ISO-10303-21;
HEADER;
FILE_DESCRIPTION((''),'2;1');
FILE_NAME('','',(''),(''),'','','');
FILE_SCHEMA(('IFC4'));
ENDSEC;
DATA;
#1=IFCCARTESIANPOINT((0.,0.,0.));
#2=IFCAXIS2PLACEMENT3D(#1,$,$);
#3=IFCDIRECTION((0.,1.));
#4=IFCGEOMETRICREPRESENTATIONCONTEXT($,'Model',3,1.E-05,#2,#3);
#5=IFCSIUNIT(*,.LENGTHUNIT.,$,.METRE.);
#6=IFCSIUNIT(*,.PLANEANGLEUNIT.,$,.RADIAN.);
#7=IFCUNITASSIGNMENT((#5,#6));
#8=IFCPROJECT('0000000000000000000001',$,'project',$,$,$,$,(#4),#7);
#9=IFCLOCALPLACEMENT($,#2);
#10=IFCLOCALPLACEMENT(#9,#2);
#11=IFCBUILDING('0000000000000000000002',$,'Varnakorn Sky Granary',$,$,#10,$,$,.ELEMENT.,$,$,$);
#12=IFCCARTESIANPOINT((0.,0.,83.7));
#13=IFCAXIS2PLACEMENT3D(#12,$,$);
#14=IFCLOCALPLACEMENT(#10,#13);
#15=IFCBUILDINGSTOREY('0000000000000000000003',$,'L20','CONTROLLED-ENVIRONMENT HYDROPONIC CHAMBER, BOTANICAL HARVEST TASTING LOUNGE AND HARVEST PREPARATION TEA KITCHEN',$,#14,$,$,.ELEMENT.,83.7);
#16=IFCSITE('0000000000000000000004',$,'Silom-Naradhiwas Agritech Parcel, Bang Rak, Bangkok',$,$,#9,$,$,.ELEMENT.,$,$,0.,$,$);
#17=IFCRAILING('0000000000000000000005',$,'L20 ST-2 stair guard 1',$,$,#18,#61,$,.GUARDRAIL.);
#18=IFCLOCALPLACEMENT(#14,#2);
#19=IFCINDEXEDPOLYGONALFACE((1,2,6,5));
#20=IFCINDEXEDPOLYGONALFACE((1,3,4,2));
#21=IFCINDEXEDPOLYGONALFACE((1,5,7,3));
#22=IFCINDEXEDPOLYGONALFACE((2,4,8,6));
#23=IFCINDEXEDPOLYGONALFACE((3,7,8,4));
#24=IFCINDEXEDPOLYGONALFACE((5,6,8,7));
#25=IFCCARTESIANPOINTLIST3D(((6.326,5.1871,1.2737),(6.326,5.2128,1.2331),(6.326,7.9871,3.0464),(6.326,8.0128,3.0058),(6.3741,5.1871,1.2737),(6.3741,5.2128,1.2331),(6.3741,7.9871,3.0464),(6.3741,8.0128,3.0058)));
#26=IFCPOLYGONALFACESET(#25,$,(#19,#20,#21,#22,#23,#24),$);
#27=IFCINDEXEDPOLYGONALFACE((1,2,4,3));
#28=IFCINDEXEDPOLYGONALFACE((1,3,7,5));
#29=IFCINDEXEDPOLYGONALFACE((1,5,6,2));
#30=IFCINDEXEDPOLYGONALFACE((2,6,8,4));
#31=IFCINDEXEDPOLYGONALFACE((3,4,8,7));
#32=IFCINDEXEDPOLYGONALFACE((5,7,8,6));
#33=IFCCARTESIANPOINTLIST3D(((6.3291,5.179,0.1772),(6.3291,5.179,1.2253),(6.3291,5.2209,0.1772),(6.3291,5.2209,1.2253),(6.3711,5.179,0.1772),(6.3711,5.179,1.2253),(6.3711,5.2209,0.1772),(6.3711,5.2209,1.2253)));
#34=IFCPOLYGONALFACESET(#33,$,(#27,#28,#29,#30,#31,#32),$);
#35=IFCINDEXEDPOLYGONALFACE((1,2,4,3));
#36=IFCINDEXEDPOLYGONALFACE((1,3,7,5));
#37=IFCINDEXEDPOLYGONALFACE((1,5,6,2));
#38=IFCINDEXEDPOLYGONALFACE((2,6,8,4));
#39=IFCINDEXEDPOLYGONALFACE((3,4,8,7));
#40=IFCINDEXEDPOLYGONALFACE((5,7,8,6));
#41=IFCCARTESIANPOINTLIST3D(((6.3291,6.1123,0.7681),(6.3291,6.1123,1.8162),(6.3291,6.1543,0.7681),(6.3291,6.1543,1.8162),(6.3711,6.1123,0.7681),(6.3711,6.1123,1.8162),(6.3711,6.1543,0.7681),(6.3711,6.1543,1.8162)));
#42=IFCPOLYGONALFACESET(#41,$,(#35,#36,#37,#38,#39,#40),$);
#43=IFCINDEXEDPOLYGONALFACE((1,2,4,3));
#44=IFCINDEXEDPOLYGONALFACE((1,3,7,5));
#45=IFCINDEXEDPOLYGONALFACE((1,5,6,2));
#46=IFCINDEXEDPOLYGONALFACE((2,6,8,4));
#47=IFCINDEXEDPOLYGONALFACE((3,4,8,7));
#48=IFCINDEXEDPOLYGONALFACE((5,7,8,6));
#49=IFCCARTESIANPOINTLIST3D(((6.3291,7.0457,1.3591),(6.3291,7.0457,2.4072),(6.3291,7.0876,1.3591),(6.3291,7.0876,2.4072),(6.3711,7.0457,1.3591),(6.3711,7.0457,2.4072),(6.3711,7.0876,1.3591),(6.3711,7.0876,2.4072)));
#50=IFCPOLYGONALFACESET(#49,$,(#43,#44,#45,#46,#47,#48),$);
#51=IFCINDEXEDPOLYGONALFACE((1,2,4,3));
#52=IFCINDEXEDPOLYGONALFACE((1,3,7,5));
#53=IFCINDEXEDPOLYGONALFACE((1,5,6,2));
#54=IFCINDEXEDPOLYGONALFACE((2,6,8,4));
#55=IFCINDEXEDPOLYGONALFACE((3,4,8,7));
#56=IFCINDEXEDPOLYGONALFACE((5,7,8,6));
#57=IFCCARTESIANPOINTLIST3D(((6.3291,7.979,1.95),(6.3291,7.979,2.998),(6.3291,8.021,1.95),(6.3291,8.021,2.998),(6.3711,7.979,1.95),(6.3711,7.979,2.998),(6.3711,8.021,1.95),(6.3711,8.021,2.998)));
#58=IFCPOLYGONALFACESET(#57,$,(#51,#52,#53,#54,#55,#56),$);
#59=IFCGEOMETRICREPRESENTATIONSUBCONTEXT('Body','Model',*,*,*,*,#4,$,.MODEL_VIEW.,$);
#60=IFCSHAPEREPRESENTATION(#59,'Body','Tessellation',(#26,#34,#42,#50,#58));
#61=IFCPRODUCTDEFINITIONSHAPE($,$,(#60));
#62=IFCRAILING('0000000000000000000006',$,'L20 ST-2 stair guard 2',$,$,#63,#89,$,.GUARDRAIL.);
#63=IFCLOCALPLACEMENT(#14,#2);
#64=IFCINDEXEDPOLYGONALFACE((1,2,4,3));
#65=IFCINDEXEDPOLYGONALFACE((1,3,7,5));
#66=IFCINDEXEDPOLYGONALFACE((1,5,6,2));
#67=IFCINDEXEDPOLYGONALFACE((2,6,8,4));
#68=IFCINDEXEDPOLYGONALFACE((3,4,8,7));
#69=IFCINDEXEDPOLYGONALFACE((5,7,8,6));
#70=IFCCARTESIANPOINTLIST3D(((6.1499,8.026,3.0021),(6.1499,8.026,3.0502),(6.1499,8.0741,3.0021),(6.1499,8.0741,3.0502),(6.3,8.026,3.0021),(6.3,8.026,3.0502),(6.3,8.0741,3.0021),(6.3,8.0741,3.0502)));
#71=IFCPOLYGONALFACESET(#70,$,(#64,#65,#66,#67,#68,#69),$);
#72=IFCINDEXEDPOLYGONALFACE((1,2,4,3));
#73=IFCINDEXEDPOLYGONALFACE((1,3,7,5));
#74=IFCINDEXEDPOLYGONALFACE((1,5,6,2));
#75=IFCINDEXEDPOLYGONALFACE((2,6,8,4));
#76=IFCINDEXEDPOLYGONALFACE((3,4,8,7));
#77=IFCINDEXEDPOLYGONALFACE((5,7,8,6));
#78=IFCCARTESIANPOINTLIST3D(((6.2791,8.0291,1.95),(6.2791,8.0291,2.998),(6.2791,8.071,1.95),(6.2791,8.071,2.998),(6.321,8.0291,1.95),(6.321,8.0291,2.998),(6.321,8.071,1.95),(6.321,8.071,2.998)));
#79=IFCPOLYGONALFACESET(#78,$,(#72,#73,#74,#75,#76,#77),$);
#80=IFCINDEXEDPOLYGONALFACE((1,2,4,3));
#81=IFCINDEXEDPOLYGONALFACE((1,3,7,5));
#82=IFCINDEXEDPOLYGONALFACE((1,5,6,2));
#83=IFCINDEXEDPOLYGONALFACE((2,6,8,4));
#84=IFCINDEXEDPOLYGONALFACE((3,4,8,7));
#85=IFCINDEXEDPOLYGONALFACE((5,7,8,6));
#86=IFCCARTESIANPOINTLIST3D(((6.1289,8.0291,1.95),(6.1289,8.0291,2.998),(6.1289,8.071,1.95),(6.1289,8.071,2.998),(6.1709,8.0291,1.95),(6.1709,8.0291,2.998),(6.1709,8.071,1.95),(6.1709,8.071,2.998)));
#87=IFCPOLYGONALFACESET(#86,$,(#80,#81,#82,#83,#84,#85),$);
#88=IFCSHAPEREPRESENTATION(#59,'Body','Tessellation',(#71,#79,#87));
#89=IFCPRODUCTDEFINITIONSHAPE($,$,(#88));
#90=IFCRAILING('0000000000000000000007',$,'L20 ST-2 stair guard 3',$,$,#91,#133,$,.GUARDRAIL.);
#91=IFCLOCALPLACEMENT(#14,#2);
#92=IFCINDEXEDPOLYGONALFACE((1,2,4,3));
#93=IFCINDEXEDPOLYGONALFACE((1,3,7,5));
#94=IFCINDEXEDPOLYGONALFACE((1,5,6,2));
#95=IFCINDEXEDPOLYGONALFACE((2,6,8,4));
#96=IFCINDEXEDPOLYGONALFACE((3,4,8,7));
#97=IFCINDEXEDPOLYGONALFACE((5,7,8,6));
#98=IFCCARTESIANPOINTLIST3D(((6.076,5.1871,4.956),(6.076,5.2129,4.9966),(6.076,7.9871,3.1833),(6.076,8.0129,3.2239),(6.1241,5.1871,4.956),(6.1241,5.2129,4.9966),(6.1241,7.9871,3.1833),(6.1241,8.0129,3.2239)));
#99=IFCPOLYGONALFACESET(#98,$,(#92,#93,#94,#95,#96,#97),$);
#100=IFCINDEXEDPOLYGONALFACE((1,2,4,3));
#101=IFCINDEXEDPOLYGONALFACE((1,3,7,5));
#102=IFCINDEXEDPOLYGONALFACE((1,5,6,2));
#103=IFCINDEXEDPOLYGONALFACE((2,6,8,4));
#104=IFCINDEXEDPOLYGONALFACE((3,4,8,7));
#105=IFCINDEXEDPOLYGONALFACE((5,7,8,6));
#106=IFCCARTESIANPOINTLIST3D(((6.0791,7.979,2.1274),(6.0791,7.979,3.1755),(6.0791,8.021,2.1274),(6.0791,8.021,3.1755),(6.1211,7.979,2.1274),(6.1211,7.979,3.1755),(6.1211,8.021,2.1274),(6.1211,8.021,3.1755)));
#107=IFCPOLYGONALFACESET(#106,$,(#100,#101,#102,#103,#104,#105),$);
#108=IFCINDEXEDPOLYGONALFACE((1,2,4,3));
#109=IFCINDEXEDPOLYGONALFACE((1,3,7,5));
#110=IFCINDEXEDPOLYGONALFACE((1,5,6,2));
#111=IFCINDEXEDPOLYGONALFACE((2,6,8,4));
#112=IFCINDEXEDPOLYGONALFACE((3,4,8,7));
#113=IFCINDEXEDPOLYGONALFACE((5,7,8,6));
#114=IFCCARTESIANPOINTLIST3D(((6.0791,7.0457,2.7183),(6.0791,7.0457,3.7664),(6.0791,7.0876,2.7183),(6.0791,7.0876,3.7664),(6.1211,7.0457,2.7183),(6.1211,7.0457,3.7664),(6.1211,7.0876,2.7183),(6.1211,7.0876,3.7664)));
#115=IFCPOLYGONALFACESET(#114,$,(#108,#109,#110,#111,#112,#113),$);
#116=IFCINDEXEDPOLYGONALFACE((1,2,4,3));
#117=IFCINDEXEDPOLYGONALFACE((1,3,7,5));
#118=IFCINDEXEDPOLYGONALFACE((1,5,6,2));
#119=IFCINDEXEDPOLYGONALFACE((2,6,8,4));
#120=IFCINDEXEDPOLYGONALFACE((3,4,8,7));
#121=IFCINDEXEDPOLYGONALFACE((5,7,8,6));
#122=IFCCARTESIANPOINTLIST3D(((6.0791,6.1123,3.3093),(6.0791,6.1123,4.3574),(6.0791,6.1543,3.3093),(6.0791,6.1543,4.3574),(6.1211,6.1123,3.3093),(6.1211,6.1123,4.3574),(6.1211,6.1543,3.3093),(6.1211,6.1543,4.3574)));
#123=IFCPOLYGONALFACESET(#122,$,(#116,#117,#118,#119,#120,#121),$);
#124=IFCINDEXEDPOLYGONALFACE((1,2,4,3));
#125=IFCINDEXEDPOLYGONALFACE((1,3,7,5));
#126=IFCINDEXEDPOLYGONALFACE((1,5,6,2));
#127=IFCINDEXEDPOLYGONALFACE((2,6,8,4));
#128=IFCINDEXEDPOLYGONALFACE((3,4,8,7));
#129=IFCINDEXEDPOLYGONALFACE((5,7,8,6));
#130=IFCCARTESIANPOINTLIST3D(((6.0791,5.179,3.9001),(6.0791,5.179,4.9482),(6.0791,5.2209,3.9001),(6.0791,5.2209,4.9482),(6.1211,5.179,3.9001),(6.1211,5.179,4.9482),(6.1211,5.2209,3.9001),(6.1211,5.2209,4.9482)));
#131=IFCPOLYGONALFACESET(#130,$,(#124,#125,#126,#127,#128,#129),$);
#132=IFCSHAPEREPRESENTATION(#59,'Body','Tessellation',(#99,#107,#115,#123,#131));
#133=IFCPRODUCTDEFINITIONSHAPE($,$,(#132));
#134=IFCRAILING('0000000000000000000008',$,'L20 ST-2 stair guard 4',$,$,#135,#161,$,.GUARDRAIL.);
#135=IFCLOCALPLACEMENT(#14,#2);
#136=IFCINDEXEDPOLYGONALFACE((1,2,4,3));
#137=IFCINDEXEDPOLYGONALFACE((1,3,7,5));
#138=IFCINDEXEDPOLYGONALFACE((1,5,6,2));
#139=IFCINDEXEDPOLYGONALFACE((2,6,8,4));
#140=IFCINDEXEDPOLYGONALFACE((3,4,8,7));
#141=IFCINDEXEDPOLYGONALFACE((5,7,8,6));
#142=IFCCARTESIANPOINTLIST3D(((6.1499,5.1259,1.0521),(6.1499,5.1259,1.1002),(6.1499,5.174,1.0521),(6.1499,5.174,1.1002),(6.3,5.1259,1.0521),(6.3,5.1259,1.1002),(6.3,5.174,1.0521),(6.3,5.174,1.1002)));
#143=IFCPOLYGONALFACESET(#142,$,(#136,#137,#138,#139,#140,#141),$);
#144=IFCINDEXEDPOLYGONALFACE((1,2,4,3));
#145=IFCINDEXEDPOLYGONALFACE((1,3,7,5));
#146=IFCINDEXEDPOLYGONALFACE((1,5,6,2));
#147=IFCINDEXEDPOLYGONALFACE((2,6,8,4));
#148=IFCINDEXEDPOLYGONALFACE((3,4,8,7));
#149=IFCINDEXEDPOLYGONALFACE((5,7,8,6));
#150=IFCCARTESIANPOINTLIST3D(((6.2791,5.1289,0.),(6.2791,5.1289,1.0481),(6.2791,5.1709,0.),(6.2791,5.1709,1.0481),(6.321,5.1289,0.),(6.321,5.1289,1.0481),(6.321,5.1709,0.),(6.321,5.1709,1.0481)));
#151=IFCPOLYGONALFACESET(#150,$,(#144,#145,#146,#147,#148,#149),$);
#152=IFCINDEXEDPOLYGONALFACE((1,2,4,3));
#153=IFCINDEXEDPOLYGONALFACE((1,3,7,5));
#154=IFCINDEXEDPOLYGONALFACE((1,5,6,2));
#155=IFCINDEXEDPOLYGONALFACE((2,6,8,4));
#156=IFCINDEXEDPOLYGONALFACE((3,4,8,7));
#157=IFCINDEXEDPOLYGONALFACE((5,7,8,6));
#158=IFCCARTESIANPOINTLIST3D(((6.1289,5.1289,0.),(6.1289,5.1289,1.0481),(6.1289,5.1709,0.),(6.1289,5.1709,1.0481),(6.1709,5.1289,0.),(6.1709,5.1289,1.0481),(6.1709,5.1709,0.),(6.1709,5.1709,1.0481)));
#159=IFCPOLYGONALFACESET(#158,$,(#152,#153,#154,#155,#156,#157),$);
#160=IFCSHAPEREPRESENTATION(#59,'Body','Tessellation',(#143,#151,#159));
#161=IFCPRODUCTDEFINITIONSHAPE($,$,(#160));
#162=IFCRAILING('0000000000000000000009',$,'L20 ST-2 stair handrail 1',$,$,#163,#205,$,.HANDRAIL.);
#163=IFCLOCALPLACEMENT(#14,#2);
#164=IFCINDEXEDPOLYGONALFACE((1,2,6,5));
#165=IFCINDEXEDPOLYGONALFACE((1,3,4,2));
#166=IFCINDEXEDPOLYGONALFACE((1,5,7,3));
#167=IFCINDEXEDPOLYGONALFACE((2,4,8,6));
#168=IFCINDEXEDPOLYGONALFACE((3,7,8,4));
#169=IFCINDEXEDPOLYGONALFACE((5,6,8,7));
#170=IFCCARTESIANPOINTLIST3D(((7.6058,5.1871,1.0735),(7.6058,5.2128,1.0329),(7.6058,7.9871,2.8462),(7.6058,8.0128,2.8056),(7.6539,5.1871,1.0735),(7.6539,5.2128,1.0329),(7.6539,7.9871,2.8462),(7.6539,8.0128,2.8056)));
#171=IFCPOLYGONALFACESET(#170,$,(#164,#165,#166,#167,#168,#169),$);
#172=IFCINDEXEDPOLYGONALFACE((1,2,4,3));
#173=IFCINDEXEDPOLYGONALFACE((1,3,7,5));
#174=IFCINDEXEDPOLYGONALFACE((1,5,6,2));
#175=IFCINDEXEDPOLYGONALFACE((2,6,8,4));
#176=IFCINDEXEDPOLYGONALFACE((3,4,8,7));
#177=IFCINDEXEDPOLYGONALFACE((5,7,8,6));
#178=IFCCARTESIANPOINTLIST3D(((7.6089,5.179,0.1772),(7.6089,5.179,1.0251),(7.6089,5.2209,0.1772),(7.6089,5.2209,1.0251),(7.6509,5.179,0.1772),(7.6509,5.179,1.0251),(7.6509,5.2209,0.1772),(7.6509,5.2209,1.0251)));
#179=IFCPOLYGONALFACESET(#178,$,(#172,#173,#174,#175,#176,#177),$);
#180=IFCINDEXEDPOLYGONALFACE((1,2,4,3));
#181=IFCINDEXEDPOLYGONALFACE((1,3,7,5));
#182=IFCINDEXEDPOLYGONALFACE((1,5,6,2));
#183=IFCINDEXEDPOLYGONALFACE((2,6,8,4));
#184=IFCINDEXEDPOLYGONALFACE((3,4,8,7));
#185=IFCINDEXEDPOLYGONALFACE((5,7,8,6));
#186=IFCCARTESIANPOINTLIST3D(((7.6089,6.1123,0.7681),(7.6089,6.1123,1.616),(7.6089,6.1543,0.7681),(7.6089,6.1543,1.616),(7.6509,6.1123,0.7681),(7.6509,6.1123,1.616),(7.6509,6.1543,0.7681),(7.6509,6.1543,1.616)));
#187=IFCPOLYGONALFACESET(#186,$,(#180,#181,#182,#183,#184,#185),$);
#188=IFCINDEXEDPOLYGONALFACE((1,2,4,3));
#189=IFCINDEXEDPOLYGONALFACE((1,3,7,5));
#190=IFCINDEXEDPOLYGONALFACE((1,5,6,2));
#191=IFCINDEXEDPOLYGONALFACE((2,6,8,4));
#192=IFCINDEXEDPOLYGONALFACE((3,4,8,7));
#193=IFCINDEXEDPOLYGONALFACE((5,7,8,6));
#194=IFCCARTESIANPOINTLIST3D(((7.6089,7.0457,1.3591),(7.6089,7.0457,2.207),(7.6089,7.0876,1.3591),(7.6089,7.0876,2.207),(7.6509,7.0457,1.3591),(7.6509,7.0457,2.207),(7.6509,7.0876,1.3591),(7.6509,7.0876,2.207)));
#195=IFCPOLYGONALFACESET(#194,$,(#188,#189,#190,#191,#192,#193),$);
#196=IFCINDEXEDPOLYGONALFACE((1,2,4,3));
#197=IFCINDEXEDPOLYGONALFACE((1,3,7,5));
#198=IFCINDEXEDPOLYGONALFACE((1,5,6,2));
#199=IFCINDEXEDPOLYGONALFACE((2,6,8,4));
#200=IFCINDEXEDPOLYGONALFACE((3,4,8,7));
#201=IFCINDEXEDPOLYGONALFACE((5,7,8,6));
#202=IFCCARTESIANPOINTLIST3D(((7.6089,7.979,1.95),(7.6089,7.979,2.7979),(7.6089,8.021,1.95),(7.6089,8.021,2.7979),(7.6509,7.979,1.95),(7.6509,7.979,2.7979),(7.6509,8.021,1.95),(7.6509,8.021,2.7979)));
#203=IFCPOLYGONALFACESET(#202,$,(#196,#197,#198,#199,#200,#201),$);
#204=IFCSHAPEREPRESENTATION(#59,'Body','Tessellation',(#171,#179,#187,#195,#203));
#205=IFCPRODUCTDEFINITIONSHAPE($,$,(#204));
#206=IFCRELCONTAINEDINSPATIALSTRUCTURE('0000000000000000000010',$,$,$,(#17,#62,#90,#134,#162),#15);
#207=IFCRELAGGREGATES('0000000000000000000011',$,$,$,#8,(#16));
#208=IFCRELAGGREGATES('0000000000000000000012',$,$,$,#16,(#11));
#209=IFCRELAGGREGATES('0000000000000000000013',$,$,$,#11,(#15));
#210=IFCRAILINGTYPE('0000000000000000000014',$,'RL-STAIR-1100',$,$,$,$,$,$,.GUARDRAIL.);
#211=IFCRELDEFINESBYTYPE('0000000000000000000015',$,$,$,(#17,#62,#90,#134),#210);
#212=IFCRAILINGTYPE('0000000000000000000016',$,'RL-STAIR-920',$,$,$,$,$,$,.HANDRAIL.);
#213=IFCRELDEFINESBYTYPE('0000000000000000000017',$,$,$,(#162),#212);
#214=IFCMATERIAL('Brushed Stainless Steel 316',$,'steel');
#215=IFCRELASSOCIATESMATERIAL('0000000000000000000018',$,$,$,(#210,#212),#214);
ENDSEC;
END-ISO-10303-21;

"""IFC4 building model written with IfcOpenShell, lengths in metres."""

from ifc_helpers import new_model, si_unit, direction, frame, origin, origin_2d, place, context, subcontext, project, spatial, rectangle, extrude, material, type_object, element, save


model = new_model("IFC4")

# Units and contexts
model_context = context("Model", 3, precision=1e-05, world=origin(), true_north=direction((0.0, 1.0)))
body_context = subcontext(model_context, "Body", "Model", "MODEL_VIEW")
ifc_project = project(units=[si_unit("LENGTHUNIT", "METRE"), si_unit("PLANEANGLEUNIT", "RADIAN")], contexts=[model_context])

# Site, building, storey
site_placement = place(None, origin())
site = spatial("IfcSite", under=ifc_project, at=site_placement, Name="Silom-Naradhiwas Agritech Parcel, Bang Rak, Bangkok", CompositionType="ELEMENT", RefElevation=0.0)
building_placement = place(site_placement, origin())
building = spatial("IfcBuilding", under=site, at=building_placement, Name="Varnakorn Sky Granary", CompositionType="ELEMENT")
storey_placement = place(building_placement, frame((0.0, 0.0, 83.7)))
storey = spatial("IfcBuildingStorey", under=building, at=storey_placement, Name="L20", Description="CONTROLLED-ENVIRONMENT HYDROPONIC CHAMBER, BOTANICAL HARVEST TASTING LOUNGE AND HARVEST PREPARATION TEA KITCHEN", CompositionType="ELEMENT", Elevation=83.7)

# Railings
ifc_material_1 = material(Name="Brushed Stainless Steel 316", Category="steel")
railing_type_1 = type_object("IfcRailingType", Name="RL-STAIR-1100", PredefinedType="GUARDRAIL", material=ifc_material_1)
railing_1_placement = place(storey_placement, frame((6.3501, 5.2, 0.1772)))
element("IfcRailing", 1, at=railing_1_placement, inside=storey, type_object=railing_type_1, Name="L20 ST-2 stair guard 1", PredefinedType="GUARDRAIL", context=body_context, shape_type="SweptSolid", body=[
    extrude(rectangle(XDim=0.0481, YDim=0.0481, at=origin_2d()), frame((0.0, 0.0, 1.0762), z_axis=(0.0, 0.844909, 0.53491), x_axis=(-1.0, 0.0, 0.0)), (0.0, 0.0, 1.0), 3.314),
    extrude(rectangle(XDim=0.042, YDim=0.042, at=origin_2d()), origin(), (0.0, 0.0, 1.0), 1.0481),
    extrude(rectangle(XDim=0.042, YDim=0.042, at=origin_2d()), frame((0.0, 0.9333, 0.5908)), (0.0, 0.0, 1.0), 1.0481),
    extrude(rectangle(XDim=0.042, YDim=0.042, at=origin_2d()), frame((0.0, 1.8667, 1.1819)), (0.0, 0.0, 1.0), 1.0481),
    extrude(rectangle(XDim=0.042, YDim=0.042, at=origin_2d()), frame((0.0, 2.8, 1.7727)), (0.0, 0.0, 1.0), 1.0481),
])
railing_2_placement = place(storey_placement, frame((6.3, 8.05, 1.95)))
element("IfcRailing", 2, at=railing_2_placement, inside=storey, type_object=railing_type_1, Name="L20 ST-2 stair guard 2", PredefinedType="GUARDRAIL", context=body_context, shape_type="SweptSolid", body=[
    extrude(rectangle(XDim=0.0481, YDim=0.0481, at=origin_2d()), frame((0.0, 0.0, 1.0762), z_axis=(-1.0, 0.0, 0.0), x_axis=(0.0, -1.0, 0.0)), (0.0, 0.0, 1.0), 0.1501),
    extrude(rectangle(XDim=0.042, YDim=0.042, at=origin_2d()), origin(), (0.0, 0.0, 1.0), 1.0481),
    extrude(rectangle(XDim=0.042, YDim=0.042, at=origin_2d()), frame((-0.1501, 0.0, 0.0)), (0.0, 0.0, 1.0), 1.0481),
])
railing_3_placement = place(storey_placement, frame((6.1001, 8.0, 2.1274)))
element("IfcRailing", 3, at=railing_3_placement, inside=storey, type_object=railing_type_1, Name="L20 ST-2 stair guard 3", PredefinedType="GUARDRAIL", context=body_context, shape_type="SweptSolid", body=[
    extrude(rectangle(XDim=0.0481, YDim=0.0481, at=origin_2d()), frame((0.0, 0.0, 1.0762), z_axis=(0.0, -0.844909, 0.53491), x_axis=(1.0, 0.0, 0.0)), (0.0, 0.0, 1.0), 3.314),
    extrude(rectangle(XDim=0.042, YDim=0.042, at=origin_2d()), origin(), (0.0, 0.0, 1.0), 1.0481),
    extrude(rectangle(XDim=0.042, YDim=0.042, at=origin_2d()), frame((0.0, -0.9333, 0.5908)), (0.0, 0.0, 1.0), 1.0481),
    extrude(rectangle(XDim=0.042, YDim=0.042, at=origin_2d()), frame((0.0, -1.8667, 1.1819)), (0.0, 0.0, 1.0), 1.0481),
    extrude(rectangle(XDim=0.042, YDim=0.042, at=origin_2d()), frame((0.0, -2.8, 1.7727)), (0.0, 0.0, 1.0), 1.0481),
])
railing_4_placement = place(storey_placement, frame((6.3, 5.1499, 0.0)))
element("IfcRailing", 4, at=railing_4_placement, inside=storey, type_object=railing_type_1, Name="L20 ST-2 stair guard 4", PredefinedType="GUARDRAIL", context=body_context, shape_type="SweptSolid", body=[
    extrude(rectangle(XDim=0.0481, YDim=0.0481, at=origin_2d()), frame((0.0, 0.0, 1.0762), z_axis=(-1.0, 0.0, 0.0), x_axis=(0.0, -1.0, 0.0)), (0.0, 0.0, 1.0), 0.1501),
    extrude(rectangle(XDim=0.042, YDim=0.042, at=origin_2d()), origin(), (0.0, 0.0, 1.0), 1.0481),
    extrude(rectangle(XDim=0.042, YDim=0.042, at=origin_2d()), frame((-0.1501, 0.0, 0.0)), (0.0, 0.0, 1.0), 1.0481),
])
railing_type_2 = type_object("IfcRailingType", Name="RL-STAIR-920", PredefinedType="HANDRAIL", material=ifc_material_1)
railing_5_placement = place(storey_placement, frame((7.6299, 5.2, 0.1772)))
element("IfcRailing", 5, at=railing_5_placement, inside=storey, type_object=railing_type_2, Name="L20 ST-2 stair handrail 1", PredefinedType="HANDRAIL", context=body_context, shape_type="SweptSolid", body=[
    extrude(rectangle(XDim=0.0481, YDim=0.0481, at=origin_2d()), frame((0.0, 0.0, 0.876), z_axis=(0.0, 0.844909, 0.53491), x_axis=(-1.0, 0.0, 0.0)), (0.0, 0.0, 1.0), 3.314),
    extrude(rectangle(XDim=0.042, YDim=0.042, at=origin_2d()), origin(), (0.0, 0.0, 1.0), 0.8479),
    extrude(rectangle(XDim=0.042, YDim=0.042, at=origin_2d()), frame((0.0, 0.9333, 0.5908)), (0.0, 0.0, 1.0), 0.8479),
    extrude(rectangle(XDim=0.042, YDim=0.042, at=origin_2d()), frame((0.0, 1.8667, 1.1819)), (0.0, 0.0, 1.0), 0.8479),
    extrude(rectangle(XDim=0.042, YDim=0.042, at=origin_2d()), frame((0.0, 2.8, 1.7727)), (0.0, 0.0, 1.0), 0.8479),
])

save(model, "model.ifc")
